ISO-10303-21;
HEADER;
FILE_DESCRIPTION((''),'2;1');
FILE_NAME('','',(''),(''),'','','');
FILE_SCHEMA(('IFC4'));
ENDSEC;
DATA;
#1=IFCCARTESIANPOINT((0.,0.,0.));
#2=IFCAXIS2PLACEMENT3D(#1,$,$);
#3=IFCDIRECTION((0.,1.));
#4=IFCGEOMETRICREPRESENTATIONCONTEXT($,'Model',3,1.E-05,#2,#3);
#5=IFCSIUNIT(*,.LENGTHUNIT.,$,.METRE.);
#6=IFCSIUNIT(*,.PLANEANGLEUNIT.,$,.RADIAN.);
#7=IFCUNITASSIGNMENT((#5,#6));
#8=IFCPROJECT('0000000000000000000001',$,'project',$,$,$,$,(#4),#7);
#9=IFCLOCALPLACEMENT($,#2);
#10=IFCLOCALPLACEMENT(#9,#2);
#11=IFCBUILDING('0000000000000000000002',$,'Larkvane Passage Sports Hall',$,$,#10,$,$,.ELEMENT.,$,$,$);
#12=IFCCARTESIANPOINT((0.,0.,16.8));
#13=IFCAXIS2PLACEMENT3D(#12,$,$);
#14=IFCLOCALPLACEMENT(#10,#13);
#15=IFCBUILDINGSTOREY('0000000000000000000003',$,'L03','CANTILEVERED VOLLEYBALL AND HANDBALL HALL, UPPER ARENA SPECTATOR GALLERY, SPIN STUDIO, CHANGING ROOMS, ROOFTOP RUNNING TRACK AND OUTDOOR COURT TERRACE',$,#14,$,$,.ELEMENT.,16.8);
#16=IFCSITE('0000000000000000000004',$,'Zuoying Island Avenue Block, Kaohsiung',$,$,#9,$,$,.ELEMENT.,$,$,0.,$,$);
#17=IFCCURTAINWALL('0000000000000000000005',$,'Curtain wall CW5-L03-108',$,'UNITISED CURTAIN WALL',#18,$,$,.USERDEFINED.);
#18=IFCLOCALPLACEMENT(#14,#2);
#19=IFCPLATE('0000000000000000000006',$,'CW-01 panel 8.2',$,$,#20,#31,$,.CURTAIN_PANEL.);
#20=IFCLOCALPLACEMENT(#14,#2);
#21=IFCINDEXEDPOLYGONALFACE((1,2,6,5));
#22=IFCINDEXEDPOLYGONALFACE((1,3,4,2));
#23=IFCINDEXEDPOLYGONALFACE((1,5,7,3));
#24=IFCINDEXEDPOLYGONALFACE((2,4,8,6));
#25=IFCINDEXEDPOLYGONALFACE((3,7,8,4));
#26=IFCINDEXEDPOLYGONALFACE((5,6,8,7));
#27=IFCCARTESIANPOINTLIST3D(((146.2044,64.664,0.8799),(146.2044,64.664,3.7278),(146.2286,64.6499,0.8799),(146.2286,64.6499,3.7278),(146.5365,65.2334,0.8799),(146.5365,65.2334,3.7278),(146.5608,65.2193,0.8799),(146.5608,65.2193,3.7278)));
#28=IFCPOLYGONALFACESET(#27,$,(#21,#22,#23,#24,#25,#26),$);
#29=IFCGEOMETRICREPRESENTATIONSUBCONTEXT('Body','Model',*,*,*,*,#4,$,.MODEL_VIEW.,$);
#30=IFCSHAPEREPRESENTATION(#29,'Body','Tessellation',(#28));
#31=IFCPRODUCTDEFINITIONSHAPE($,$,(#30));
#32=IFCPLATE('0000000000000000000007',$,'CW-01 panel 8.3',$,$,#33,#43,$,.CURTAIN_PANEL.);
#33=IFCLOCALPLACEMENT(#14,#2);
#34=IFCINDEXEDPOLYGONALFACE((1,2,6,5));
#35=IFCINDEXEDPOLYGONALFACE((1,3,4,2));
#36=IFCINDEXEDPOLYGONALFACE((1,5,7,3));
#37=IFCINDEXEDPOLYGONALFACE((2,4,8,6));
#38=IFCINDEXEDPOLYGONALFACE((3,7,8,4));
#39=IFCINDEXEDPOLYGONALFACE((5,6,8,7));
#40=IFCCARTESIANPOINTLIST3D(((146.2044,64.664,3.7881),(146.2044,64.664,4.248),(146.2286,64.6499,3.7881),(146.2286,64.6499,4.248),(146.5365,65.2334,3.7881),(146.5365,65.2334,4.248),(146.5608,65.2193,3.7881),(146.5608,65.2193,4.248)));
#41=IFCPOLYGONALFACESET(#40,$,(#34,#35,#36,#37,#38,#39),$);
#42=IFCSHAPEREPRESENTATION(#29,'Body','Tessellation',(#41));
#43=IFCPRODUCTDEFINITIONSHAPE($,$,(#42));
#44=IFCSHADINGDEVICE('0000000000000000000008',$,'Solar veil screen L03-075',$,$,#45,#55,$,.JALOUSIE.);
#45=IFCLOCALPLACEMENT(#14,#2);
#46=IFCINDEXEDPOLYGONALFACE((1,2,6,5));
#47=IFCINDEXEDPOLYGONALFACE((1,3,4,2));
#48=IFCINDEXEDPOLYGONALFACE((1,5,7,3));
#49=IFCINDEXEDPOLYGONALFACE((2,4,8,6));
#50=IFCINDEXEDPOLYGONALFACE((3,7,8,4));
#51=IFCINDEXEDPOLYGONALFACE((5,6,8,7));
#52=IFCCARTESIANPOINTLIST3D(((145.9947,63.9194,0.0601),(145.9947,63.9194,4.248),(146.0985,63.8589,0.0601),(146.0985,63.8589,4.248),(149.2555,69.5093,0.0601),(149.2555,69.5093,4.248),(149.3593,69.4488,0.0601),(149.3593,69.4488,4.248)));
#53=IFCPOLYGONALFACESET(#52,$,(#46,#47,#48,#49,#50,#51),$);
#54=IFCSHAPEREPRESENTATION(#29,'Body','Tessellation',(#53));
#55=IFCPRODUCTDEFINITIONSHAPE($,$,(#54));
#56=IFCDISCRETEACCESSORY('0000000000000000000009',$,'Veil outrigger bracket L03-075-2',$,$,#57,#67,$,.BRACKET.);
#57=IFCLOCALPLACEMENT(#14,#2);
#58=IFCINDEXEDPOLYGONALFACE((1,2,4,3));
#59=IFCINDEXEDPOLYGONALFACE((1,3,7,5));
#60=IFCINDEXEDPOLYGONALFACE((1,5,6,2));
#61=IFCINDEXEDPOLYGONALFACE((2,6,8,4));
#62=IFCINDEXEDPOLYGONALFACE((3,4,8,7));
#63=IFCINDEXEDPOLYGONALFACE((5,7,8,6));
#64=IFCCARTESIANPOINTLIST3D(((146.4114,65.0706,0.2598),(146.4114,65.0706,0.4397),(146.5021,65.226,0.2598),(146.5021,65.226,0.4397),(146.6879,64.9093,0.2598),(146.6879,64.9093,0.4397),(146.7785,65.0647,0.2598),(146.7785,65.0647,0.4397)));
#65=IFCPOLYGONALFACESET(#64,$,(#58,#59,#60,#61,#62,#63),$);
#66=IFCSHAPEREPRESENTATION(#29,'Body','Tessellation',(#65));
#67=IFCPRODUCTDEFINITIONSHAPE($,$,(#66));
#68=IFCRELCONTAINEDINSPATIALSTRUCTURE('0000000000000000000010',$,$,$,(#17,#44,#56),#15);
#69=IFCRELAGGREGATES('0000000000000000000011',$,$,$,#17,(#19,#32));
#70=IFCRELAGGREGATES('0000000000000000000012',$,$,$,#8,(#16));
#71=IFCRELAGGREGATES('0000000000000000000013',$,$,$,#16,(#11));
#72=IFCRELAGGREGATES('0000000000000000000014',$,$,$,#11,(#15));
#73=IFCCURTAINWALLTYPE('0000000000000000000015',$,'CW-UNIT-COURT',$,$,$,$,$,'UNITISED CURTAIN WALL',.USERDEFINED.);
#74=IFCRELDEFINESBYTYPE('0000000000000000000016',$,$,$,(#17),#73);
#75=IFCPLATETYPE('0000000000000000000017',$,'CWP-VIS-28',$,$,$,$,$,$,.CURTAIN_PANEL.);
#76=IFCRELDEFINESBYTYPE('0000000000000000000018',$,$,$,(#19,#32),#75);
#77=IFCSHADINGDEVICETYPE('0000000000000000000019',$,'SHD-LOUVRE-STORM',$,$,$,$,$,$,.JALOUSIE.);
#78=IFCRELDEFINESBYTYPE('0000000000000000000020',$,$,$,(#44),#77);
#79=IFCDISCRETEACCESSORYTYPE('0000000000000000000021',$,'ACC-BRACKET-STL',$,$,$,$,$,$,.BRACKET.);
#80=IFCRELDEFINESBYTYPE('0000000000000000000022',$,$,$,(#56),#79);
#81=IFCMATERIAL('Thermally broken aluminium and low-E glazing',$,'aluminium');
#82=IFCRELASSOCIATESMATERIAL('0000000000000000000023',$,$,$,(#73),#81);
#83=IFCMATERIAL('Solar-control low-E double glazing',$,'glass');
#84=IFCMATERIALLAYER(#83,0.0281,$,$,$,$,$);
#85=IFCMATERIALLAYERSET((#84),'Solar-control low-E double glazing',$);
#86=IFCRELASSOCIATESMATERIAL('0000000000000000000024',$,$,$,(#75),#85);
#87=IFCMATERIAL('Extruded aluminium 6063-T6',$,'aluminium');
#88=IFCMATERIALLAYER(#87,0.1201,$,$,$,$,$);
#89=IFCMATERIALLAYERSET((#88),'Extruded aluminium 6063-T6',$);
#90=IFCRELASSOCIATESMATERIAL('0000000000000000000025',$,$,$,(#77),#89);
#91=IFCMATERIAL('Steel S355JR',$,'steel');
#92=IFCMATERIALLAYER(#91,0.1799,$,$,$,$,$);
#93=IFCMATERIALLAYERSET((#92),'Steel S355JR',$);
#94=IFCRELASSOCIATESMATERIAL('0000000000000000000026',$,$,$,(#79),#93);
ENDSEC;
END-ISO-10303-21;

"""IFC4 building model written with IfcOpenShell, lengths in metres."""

from ifc_helpers import new_model, si_unit, direction, frame, origin, origin_2d, place, context, subcontext, project, spatial, rectangle, extrude, material, layer, layer_set, type_object, element, aggregate, save


model = new_model("IFC4")

# Units and contexts
model_context = context("Model", 3, precision=1e-05, world=origin(), true_north=direction((0.0, 1.0)))
body_context = subcontext(model_context, "Body", "Model", "MODEL_VIEW")
ifc_project = project(units=[si_unit("LENGTHUNIT", "METRE"), si_unit("PLANEANGLEUNIT", "RADIAN")], contexts=[model_context])

# Site, building, storey
site_placement = place(None, origin())
site = spatial("IfcSite", under=ifc_project, at=site_placement, Name="Zuoying Island Avenue Block, Kaohsiung", CompositionType="ELEMENT", RefElevation=0.0)
building_placement = place(site_placement, origin())
building = spatial("IfcBuilding", under=site, at=building_placement, Name="Larkvane Passage Sports Hall", CompositionType="ELEMENT")
storey_placement = place(building_placement, frame((0.0, 0.0, 16.8)))
storey = spatial("IfcBuildingStorey", under=building, at=storey_placement, Name="L03", Description="CANTILEVERED VOLLEYBALL AND HANDBALL HALL, UPPER ARENA SPECTATOR GALLERY, SPIN STUDIO, CHANGING ROOMS, ROOFTOP RUNNING TRACK AND OUTDOOR COURT TERRACE", CompositionType="ELEMENT", Elevation=16.8)

# Curtain wall, plates
ifc_material_1 = material(Name="Thermally broken aluminium and low-E glazing", Category="aluminium")
curtain_wall_type = type_object("IfcCurtainWallType", Name="CW-UNIT-COURT", ElementType="UNITISED CURTAIN WALL", PredefinedType="USERDEFINED", material=ifc_material_1)
curtain_wall_placement = place(storey_placement, origin())
curtain_wall = element("IfcCurtainWall", 1, at=curtain_wall_placement, inside=storey, type_object=curtain_wall_type, Name="Curtain wall CW5-L03-108", ObjectType="UNITISED CURTAIN WALL", PredefinedType="USERDEFINED")
ifc_material_2 = material(Name="Solar-control low-E double glazing", Category="glass")
ifc_layer_1 = layer(ifc_material_2, 0.0281)
ifc_layer_set_1 = layer_set([ifc_layer_1], Name="Solar-control low-E double glazing")
plate_type_1 = type_object("IfcPlateType", Name="CWP-VIS-28", PredefinedType="CURTAIN_PANEL", material=ifc_layer_set_1)
plate_1_placement = place(storey_placement, frame((146.3826, 64.9417, 0.8799), z_axis=(0.0, 0.0, 1.0), x_axis=(-0.503867, -0.863781, 0.0)))
plate_1 = element("IfcPlate", 2, at=plate_1_placement, type_object=plate_type_1, Name="CW-01 panel 8.2", PredefinedType="CURTAIN_PANEL", context=body_context, shape_type="SweptSolid", body=[
    extrude(rectangle(XDim=0.6592, YDim=0.0281, at=origin_2d()), origin(), (0.0, 0.0, 1.0), 2.8479),
])
plate_2_placement = place(storey_placement, frame((146.3826, 64.9417, 3.7881), z_axis=(0.0, 0.0, 1.0), x_axis=(-0.503867, -0.863781, 0.0)))
plate_2 = element("IfcPlate", 3, at=plate_2_placement, type_object=plate_type_1, Name="CW-01 panel 8.3", PredefinedType="CURTAIN_PANEL", context=body_context, shape_type="SweptSolid", body=[
    extrude(rectangle(XDim=0.6592, YDim=0.0281, at=origin_2d()), origin(), (0.0, 0.0, 1.0), 0.46),
])
aggregate(curtain_wall, [plate_1, plate_2])

# Shading device
ifc_material_3 = material(Name="Extruded aluminium 6063-T6", Category="aluminium")
ifc_layer_2 = layer(ifc_material_3, 0.1201)
ifc_layer_set_2 = layer_set([ifc_layer_2], Name="Extruded aluminium 6063-T6")
shading_device_type = type_object("IfcShadingDeviceType", Name="SHD-LOUVRE-STORM", PredefinedType="JALOUSIE", material=ifc_layer_set_2)
shading_device_placement = place(storey_placement, frame((147.677, 66.6841, 0.0601), z_axis=(0.0, 0.0, 1.0), x_axis=(-0.503871, -0.863779, 0.0)))
element("IfcShadingDevice", 4, at=shading_device_placement, inside=storey, type_object=shading_device_type, Name="Solar veil screen L03-075", PredefinedType="JALOUSIE", context=body_context, shape_type="SweptSolid", body=[
    extrude(rectangle(XDim=6.4714, YDim=0.1201, at=origin_2d()), origin(), (0.0, 0.0, 1.0), 4.188),
])

# Discrete accessory
ifc_material_4 = material(Name="Steel S355JR", Category="steel")
ifc_layer_3 = layer(ifc_material_4, 0.1799)
ifc_layer_set_3 = layer_set([ifc_layer_3], Name="Steel S355JR")
discrete_accessory_type = type_object("IfcDiscreteAccessoryType", Name="ACC-BRACKET-STL", PredefinedType="BRACKET", material=ifc_layer_set_3)
discrete_accessory_placement = place(storey_placement, frame((146.595, 65.0676, 0.2598), z_axis=(0.0, 0.0, 1.0), x_axis=(-0.503871, -0.863779, 0.0)))
element("IfcDiscreteAccessory", 5, at=discrete_accessory_placement, inside=storey, type_object=discrete_accessory_type, Name="Veil outrigger bracket L03-075-2", PredefinedType="BRACKET", context=body_context, shape_type="SweptSolid", body=[
    extrude(rectangle(XDim=0.1799, YDim=0.3201, at=origin_2d()), origin(), (0.0, 0.0, 1.0), 0.1799),
])

save(model, "model.ifc")
